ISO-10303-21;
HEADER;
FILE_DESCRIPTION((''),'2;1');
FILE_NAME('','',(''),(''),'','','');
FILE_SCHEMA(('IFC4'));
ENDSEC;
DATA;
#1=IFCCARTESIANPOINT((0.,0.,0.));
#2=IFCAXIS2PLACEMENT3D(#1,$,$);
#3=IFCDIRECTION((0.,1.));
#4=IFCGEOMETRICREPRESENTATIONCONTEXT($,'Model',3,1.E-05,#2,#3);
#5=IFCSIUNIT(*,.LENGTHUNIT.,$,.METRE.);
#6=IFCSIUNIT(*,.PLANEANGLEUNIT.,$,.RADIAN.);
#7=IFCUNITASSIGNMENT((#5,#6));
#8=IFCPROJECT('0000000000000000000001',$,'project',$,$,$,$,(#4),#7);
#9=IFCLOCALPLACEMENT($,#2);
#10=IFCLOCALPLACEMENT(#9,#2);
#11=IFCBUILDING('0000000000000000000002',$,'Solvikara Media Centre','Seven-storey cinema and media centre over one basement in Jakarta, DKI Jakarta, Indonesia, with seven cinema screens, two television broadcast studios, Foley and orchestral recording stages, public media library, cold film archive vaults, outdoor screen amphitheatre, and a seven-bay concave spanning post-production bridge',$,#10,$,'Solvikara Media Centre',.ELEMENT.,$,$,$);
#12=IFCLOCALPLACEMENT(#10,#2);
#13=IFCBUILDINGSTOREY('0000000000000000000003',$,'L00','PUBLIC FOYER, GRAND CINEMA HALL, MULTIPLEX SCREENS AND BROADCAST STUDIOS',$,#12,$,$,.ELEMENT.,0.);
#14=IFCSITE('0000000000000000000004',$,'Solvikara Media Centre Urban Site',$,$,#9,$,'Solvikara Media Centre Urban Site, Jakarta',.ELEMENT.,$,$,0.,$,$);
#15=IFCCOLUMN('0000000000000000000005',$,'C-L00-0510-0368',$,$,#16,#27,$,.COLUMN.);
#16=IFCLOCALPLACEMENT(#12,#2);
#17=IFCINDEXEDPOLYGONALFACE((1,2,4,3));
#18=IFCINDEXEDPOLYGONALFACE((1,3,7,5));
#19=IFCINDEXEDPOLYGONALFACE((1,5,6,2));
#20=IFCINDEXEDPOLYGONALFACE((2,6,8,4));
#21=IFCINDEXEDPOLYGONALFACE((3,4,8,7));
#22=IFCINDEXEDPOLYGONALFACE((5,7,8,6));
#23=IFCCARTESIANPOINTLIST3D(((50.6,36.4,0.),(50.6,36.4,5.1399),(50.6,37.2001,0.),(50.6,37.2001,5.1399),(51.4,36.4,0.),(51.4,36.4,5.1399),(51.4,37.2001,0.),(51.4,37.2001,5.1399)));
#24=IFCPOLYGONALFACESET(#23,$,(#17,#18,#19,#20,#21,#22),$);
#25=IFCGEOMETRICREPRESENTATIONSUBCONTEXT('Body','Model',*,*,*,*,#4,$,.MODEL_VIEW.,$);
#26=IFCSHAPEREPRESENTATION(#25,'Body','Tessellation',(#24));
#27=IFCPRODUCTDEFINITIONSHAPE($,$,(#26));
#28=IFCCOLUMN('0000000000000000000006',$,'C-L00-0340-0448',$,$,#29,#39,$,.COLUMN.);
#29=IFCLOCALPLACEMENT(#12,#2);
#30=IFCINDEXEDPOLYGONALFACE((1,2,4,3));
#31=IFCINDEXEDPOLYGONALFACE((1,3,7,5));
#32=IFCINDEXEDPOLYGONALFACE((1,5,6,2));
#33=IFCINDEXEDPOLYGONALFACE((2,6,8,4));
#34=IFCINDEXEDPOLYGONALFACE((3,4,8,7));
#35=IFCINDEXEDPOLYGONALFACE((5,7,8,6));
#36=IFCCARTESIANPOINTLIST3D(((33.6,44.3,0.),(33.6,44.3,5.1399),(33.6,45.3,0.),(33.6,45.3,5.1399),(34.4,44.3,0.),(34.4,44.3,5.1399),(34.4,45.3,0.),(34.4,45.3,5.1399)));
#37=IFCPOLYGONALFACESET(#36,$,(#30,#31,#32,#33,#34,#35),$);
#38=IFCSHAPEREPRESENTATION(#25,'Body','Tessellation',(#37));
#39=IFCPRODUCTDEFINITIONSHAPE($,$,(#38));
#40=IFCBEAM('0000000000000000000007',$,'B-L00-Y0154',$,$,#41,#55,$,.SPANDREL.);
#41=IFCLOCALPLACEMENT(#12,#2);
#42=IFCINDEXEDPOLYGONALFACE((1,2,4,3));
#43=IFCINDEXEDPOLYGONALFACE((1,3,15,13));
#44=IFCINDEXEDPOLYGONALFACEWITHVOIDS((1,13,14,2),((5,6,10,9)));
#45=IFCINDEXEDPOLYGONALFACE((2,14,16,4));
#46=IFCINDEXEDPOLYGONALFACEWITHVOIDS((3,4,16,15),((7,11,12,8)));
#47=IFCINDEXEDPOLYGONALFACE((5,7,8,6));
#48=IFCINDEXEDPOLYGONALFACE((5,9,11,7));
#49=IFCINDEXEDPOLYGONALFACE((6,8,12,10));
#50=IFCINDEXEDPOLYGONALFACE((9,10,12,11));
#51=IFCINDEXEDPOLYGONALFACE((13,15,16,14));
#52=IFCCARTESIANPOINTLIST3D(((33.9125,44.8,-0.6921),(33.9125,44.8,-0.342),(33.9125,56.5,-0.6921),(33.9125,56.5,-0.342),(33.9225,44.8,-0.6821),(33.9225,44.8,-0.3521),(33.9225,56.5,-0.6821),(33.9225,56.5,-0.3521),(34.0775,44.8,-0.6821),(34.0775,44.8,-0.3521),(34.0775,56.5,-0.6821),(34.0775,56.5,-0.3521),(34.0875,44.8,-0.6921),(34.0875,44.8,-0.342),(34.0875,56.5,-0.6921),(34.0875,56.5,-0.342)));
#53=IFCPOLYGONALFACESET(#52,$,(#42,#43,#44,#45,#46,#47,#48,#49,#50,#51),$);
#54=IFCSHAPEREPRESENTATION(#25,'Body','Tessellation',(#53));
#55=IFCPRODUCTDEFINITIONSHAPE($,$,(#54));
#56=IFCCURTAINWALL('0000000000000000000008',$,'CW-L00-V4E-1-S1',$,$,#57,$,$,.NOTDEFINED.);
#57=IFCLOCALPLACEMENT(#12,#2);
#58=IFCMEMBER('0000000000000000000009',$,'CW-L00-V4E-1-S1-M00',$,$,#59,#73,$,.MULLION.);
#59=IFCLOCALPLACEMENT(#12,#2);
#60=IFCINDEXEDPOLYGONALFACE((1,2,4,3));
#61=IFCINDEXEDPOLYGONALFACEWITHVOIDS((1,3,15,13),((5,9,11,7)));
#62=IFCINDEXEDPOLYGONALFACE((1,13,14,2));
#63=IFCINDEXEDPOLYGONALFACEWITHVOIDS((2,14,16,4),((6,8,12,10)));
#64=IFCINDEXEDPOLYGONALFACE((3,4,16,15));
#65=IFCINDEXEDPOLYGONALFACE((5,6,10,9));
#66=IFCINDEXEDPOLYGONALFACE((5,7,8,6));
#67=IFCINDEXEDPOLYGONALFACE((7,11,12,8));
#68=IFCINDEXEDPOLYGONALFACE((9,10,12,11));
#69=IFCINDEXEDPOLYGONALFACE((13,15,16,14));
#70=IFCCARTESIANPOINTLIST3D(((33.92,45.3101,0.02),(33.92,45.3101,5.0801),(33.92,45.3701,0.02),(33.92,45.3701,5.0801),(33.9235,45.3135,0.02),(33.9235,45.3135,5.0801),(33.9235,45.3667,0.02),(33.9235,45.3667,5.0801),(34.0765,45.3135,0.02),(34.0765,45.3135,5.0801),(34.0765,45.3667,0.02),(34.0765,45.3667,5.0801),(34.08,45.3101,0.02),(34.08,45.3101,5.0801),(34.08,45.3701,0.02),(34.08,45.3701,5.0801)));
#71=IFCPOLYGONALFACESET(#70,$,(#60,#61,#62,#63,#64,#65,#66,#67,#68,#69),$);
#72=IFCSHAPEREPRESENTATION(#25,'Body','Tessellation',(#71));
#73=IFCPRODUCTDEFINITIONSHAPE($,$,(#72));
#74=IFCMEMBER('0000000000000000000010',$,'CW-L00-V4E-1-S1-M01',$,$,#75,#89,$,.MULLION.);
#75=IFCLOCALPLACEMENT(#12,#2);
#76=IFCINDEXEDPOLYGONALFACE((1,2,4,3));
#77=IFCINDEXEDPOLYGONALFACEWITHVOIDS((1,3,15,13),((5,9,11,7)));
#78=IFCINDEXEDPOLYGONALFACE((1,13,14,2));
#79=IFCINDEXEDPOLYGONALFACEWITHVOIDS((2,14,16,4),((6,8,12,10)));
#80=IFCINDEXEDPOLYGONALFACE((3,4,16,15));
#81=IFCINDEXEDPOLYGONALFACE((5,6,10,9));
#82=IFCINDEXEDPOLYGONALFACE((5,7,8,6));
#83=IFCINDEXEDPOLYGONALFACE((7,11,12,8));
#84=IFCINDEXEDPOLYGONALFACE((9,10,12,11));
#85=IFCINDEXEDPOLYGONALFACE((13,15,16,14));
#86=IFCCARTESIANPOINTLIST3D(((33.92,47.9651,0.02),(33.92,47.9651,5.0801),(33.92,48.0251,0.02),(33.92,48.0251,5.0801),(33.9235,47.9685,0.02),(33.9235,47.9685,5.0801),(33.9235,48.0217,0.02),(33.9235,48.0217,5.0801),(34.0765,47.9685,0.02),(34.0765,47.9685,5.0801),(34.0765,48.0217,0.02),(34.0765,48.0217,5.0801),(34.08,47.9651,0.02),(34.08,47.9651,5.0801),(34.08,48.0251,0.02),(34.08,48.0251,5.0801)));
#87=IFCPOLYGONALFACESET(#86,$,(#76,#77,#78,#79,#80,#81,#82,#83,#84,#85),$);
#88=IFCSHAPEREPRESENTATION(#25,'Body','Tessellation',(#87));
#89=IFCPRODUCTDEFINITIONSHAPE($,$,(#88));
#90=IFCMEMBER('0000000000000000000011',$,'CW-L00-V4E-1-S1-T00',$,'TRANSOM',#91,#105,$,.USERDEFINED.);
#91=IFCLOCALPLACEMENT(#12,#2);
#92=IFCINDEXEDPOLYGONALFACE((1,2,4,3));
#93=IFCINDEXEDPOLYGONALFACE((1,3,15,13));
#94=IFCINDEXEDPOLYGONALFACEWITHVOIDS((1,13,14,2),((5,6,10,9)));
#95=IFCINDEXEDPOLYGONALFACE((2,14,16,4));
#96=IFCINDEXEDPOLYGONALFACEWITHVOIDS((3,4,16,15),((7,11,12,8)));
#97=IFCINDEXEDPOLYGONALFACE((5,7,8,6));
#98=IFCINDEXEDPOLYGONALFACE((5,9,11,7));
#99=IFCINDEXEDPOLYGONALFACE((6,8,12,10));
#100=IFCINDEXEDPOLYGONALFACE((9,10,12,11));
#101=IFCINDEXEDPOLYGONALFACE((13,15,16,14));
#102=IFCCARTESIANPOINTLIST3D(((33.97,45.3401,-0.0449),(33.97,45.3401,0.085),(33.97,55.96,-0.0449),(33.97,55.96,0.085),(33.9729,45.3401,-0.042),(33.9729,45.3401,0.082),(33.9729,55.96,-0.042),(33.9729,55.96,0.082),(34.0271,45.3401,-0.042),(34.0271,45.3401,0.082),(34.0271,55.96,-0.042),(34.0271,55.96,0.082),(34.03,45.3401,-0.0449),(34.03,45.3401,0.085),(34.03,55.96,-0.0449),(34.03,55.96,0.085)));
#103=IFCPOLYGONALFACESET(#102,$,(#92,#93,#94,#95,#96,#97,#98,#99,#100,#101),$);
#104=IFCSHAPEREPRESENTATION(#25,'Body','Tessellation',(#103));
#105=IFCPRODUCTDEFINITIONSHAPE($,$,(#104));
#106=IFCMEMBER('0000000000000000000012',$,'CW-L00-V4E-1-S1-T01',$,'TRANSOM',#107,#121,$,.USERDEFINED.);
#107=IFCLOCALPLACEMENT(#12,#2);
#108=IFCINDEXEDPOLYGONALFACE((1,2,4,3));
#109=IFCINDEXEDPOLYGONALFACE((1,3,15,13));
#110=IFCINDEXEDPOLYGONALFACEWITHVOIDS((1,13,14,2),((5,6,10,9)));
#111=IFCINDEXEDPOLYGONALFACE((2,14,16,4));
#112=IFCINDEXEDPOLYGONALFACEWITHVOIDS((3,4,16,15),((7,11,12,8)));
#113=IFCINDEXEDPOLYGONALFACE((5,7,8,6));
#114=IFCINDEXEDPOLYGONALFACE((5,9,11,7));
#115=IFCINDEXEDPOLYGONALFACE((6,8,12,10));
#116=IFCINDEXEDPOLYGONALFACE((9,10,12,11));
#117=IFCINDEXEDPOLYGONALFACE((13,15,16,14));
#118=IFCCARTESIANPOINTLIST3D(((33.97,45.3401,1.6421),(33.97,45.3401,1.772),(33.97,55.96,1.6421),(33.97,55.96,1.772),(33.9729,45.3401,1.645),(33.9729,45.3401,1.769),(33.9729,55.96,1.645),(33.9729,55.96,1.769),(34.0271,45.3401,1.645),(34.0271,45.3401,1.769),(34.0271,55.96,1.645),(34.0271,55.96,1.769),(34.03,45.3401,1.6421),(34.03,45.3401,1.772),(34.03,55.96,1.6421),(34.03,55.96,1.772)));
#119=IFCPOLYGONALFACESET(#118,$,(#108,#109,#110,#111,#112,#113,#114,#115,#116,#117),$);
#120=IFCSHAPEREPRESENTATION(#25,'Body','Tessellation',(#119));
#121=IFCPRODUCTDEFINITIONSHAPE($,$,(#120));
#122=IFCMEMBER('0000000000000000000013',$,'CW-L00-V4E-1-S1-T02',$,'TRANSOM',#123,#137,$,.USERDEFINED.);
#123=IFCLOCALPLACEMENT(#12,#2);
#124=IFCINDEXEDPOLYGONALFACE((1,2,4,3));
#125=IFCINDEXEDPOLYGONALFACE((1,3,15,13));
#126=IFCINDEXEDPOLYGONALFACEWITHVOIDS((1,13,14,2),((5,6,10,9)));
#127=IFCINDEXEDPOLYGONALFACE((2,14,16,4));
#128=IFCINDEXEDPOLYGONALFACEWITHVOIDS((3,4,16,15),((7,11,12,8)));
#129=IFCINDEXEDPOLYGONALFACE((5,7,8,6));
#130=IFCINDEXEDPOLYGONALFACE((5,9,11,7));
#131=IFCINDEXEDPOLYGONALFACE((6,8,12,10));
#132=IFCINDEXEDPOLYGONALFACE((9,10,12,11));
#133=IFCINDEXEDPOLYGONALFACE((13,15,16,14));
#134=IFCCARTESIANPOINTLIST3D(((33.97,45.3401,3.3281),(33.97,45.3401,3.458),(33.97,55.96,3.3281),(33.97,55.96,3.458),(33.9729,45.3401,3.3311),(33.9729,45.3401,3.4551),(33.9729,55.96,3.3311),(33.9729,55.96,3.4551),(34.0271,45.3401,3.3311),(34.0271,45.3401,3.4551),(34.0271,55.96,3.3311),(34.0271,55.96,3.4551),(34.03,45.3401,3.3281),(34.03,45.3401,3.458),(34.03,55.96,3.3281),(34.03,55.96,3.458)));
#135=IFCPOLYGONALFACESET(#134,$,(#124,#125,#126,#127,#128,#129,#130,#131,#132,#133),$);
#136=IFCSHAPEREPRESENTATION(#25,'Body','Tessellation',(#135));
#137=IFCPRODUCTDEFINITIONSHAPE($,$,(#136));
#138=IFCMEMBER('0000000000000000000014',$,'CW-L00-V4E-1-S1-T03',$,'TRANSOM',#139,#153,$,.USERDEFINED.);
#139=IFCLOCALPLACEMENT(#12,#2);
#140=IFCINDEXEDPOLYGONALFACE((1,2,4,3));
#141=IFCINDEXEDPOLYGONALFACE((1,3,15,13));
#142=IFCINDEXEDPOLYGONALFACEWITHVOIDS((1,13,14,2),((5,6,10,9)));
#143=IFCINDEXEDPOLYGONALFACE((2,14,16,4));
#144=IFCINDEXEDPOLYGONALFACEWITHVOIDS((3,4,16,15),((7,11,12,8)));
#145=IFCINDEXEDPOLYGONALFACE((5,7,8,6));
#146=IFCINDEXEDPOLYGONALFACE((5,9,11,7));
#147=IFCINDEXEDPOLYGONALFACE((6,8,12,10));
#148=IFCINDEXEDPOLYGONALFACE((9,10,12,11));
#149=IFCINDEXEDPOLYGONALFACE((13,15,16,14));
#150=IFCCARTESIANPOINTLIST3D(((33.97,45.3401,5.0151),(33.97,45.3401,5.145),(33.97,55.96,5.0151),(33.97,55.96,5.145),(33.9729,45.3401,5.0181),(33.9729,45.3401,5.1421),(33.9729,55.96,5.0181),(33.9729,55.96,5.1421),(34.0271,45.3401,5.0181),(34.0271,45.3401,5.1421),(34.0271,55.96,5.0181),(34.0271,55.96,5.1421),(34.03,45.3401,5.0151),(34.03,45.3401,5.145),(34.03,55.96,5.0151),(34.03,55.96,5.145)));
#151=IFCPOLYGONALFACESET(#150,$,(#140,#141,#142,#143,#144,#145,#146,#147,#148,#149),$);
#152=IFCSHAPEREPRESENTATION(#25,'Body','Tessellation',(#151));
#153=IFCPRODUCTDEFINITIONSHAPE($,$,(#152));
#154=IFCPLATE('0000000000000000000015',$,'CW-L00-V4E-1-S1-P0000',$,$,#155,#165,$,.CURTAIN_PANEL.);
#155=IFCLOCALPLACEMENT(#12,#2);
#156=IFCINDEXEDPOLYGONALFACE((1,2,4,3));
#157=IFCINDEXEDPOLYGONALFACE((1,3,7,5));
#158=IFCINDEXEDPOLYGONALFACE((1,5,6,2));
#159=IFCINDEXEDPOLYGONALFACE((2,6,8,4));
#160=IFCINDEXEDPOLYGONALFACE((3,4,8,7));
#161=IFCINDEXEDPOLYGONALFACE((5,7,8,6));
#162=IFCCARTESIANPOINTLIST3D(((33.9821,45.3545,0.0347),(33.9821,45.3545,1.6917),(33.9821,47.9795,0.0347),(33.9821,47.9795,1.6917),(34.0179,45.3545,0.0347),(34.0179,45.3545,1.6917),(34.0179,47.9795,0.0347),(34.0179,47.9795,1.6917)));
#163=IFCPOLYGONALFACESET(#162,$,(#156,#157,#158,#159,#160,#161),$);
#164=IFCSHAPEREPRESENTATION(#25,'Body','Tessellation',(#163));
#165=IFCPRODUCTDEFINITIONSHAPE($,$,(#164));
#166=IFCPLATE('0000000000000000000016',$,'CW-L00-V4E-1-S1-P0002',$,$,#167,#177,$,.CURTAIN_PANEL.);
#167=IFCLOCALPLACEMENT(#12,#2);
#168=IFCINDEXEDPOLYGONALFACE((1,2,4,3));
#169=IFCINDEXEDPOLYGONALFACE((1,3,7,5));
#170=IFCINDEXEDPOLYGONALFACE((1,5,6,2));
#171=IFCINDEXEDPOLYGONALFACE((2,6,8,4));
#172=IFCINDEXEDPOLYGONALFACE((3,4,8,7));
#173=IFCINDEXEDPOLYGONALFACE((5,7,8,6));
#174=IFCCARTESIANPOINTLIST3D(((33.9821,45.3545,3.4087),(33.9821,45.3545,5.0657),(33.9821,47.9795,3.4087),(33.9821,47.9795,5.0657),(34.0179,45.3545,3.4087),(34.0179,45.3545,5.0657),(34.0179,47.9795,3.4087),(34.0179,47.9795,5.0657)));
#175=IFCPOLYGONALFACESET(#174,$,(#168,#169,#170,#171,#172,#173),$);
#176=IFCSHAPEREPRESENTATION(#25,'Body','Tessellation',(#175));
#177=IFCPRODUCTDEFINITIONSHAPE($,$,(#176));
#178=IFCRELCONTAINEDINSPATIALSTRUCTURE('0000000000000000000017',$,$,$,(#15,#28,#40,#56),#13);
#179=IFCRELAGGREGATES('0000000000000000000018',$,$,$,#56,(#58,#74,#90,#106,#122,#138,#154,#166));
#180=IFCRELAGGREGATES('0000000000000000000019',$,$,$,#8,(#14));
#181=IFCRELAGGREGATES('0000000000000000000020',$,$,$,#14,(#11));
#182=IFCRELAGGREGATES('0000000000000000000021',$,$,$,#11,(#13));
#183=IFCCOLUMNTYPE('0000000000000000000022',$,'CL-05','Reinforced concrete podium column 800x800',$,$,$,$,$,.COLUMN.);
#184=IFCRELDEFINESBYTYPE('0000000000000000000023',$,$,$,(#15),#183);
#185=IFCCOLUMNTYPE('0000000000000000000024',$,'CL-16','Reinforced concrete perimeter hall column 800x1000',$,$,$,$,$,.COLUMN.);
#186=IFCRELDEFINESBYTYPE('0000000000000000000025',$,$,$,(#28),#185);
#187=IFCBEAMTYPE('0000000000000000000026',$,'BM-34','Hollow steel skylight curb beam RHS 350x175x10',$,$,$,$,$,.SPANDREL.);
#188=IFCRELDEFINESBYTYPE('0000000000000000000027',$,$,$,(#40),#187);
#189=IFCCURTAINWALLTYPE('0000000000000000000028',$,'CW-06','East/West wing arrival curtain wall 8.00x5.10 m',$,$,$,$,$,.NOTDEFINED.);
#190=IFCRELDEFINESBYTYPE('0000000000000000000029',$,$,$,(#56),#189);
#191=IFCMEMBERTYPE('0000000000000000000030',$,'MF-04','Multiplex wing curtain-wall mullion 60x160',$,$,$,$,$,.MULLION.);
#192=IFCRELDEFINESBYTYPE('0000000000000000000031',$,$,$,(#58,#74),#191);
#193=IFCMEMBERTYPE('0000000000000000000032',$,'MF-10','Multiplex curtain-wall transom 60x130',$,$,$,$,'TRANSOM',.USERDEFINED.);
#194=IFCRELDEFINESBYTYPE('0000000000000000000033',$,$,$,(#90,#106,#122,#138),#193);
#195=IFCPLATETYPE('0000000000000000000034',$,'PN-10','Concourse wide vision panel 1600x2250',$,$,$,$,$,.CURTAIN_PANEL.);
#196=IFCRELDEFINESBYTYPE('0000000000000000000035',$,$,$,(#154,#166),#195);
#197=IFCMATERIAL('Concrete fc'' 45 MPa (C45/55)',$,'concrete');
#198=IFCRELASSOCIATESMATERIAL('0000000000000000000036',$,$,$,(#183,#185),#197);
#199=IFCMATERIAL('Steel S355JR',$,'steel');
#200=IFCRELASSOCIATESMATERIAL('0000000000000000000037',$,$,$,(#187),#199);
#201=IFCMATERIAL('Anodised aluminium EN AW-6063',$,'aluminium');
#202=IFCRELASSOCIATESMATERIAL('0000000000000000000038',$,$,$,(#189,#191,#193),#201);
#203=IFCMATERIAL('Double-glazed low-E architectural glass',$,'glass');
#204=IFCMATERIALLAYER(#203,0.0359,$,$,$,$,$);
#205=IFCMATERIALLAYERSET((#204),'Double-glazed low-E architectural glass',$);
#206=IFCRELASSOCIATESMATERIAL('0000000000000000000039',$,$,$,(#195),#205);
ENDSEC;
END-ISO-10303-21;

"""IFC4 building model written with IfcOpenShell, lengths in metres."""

from ifc_helpers import new_model, si_unit, direction, frame, origin, origin_2d, place, context, subcontext, project, spatial, rectangle, hollow_rectangle, extrude, material, layer, layer_set, material_profile, profile_set, type_object, element, aggregate, save


model = new_model("IFC4")

# Units and contexts
model_context = context("Model", 3, precision=1e-05, world=origin(), true_north=direction((0.0, 1.0)))
body_context = subcontext(model_context, "Body", "Model", "MODEL_VIEW")
ifc_project = project(units=[si_unit("LENGTHUNIT", "METRE"), si_unit("PLANEANGLEUNIT", "RADIAN")], contexts=[model_context])

# Site, building, storey
site_placement = place(None, origin())
site = spatial("IfcSite", under=ifc_project, at=site_placement, Name="Solvikara Media Centre Urban Site", LongName="Solvikara Media Centre Urban Site, Jakarta", CompositionType="ELEMENT", RefElevation=0.0)
building_placement = place(site_placement, origin())
building = spatial("IfcBuilding", under=site, at=building_placement, Name="Solvikara Media Centre", Description="Seven-storey cinema and media centre over one basement in Jakarta, DKI Jakarta, Indonesia, with seven cinema screens, two television broadcast studios, Foley and orchestral recording stages, public media library, cold film archive vaults, outdoor screen amphitheatre, and a seven-bay concave spanning post-production bridge", LongName="Solvikara Media Centre", CompositionType="ELEMENT")
storey_placement = place(building_placement, origin())
storey = spatial("IfcBuildingStorey", under=building, at=storey_placement, Name="L00", Description="PUBLIC FOYER, GRAND CINEMA HALL, MULTIPLEX SCREENS AND BROADCAST STUDIOS", CompositionType="ELEMENT", Elevation=0.0)

# Columns
ifc_material_1 = material(Name="Concrete fc' 45 MPa (C45/55)", Category="concrete")
ifc_material_profile_1 = material_profile(ifc_material_1, rectangle(XDim=0.8, YDim=0.8, at=origin_2d()), Name="RC 800x800")
ifc_profile_set_1 = profile_set([ifc_material_profile_1], Name="Concrete fc' 45 MPa (C45/55)")
column_type_1 = type_object("IfcColumnType", Name="CL-05", Description="Reinforced concrete podium column 800x800", PredefinedType="COLUMN", material=ifc_profile_set_1)
column_1_placement = place(storey_placement, frame((51.0, 36.8, 0.0), z_axis=(0.0, 0.0, 1.0), x_axis=(1.0, 0.0, 0.0)))
element("IfcColumn", 1, at=column_1_placement, inside=storey, type_object=column_type_1, Name="C-L00-0510-0368", PredefinedType="COLUMN", context=body_context, shape_type="SweptSolid", body=[
    extrude(rectangle(XDim=0.8, YDim=0.8, at=origin_2d()), origin(), (0.0, 0.0, 1.0), 5.1399),
])
ifc_material_profile_2 = material_profile(ifc_material_1, rectangle(XDim=0.8, YDim=1.0, at=origin_2d()), Name="RC 800x1000")
ifc_profile_set_2 = profile_set([ifc_material_profile_2], Name="Concrete fc' 45 MPa (C45/55)")
column_type_2 = type_object("IfcColumnType", Name="CL-16", Description="Reinforced concrete perimeter hall column 800x1000", PredefinedType="COLUMN", material=ifc_profile_set_2)
column_2_placement = place(storey_placement, frame((34.0, 44.8, 0.0), z_axis=(0.0, 0.0, 1.0), x_axis=(1.0, 0.0, 0.0)))
element("IfcColumn", 2, at=column_2_placement, inside=storey, type_object=column_type_2, Name="C-L00-0340-0448", PredefinedType="COLUMN", context=body_context, shape_type="SweptSolid", body=[
    extrude(rectangle(XDim=0.8, YDim=1.0, at=origin_2d()), origin(), (0.0, 0.0, 1.0), 5.1399),
])

# Beam
ifc_material_2 = material(Name="Steel S355JR", Category="steel")
ifc_material_profile_3 = material_profile(ifc_material_2, hollow_rectangle(XDim=0.175, YDim=0.3501, WallThickness=0.01, at=origin_2d()), Name="RHS 350x175x10")
ifc_profile_set_3 = profile_set([ifc_material_profile_3], Name="Steel S355JR")
beam_type = type_object("IfcBeamType", Name="BM-34", Description="Hollow steel skylight curb beam RHS 350x175x10", PredefinedType="SPANDREL", material=ifc_profile_set_3)
beam_placement = place(storey_placement, frame((34.0, 44.8, -0.5171), z_axis=(0.0, 1.0, 0.0), x_axis=(-1.0, 0.0, 0.0)))
element("IfcBeam", 3, at=beam_placement, inside=storey, type_object=beam_type, Name="B-L00-Y0154", PredefinedType="SPANDREL", context=body_context, shape_type="SweptSolid", body=[
    extrude(hollow_rectangle(XDim=0.175, YDim=0.3501, WallThickness=0.01, at=origin_2d()), origin(), (0.0, 0.0, 1.0), 11.7),
])

# Curtain wall, members, plates
ifc_material_3 = material(Name="Anodised aluminium EN AW-6063", Category="aluminium")
curtain_wall_type = type_object("IfcCurtainWallType", Name="CW-06", Description="East/West wing arrival curtain wall 8.00x5.10 m", PredefinedType="NOTDEFINED", material=ifc_material_3)
curtain_wall_placement = place(storey_placement, origin())
curtain_wall = element("IfcCurtainWall", 4, at=curtain_wall_placement, inside=storey, type_object=curtain_wall_type, Name="CW-L00-V4E-1-S1", PredefinedType="NOTDEFINED")
ifc_material_profile_4 = material_profile(ifc_material_3, hollow_rectangle(XDim=0.0601, YDim=0.1599, WallThickness=0.0034, at=origin_2d()), Name="ALU-M 60x160x3.5")
ifc_profile_set_4 = profile_set([ifc_material_profile_4], Name="Anodised aluminium EN AW-6063")
member_type_1 = type_object("IfcMemberType", Name="MF-04", Description="Multiplex wing curtain-wall mullion 60x160", PredefinedType="MULLION", material=ifc_profile_set_4)
member_1_placement = place(storey_placement, frame((34.0, 45.3401, 0.02), z_axis=(0.0, 0.0, 1.0), x_axis=(0.0, 1.0, 0.0)))
member_1 = element("IfcMember", 5, at=member_1_placement, type_object=member_type_1, Name="CW-L00-V4E-1-S1-M00", PredefinedType="MULLION", context=body_context, shape_type="SweptSolid", body=[
    extrude(hollow_rectangle(XDim=0.0601, YDim=0.1599, WallThickness=0.0034, at=origin_2d()), origin(), (0.0, 0.0, 1.0), 5.0601),
])
member_2_placement = place(storey_placement, frame((34.0, 47.9951, 0.02), z_axis=(0.0, 0.0, 1.0), x_axis=(0.0, 1.0, 0.0)))
member_2 = element("IfcMember", 6, at=member_2_placement, type_object=member_type_1, Name="CW-L00-V4E-1-S1-M01", PredefinedType="MULLION", context=body_context, shape_type="SweptSolid", body=[
    extrude(hollow_rectangle(XDim=0.0601, YDim=0.1599, WallThickness=0.0034, at=origin_2d()), origin(), (0.0, 0.0, 1.0), 5.0601),
])
ifc_material_profile_5 = material_profile(ifc_material_3, hollow_rectangle(XDim=0.0601, YDim=0.1299, WallThickness=0.0029, at=origin_2d()), Name="ALU-T 60x130x3")
ifc_profile_set_5 = profile_set([ifc_material_profile_5], Name="Anodised aluminium EN AW-6063")
member_type_2 = type_object("IfcMemberType", Name="MF-10", Description="Multiplex curtain-wall transom 60x130", ElementType="TRANSOM", PredefinedType="USERDEFINED", material=ifc_profile_set_5)
member_3_placement = place(storey_placement, frame((34.0, 45.3401, 0.02), z_axis=(0.0, 1.0, 0.0), x_axis=(-1.0, 0.0, 0.0)))
member_3 = element("IfcMember", 7, at=member_3_placement, type_object=member_type_2, Name="CW-L00-V4E-1-S1-T00", ObjectType="TRANSOM", PredefinedType="USERDEFINED", context=body_context, shape_type="SweptSolid", body=[
    extrude(hollow_rectangle(XDim=0.0601, YDim=0.1299, WallThickness=0.0029, at=origin_2d()), origin(), (0.0, 0.0, 1.0), 10.6199),
])
member_4_placement = place(storey_placement, frame((34.0, 45.3401, 1.707), z_axis=(0.0, 1.0, 0.0), x_axis=(-1.0, 0.0, 0.0)))
member_4 = element("IfcMember", 8, at=member_4_placement, type_object=member_type_2, Name="CW-L00-V4E-1-S1-T01", ObjectType="TRANSOM", PredefinedType="USERDEFINED", context=body_context, shape_type="SweptSolid", body=[
    extrude(hollow_rectangle(XDim=0.0601, YDim=0.1299, WallThickness=0.0029, at=origin_2d()), origin(), (0.0, 0.0, 1.0), 10.6199),
])
member_5_placement = place(storey_placement, frame((34.0, 45.3401, 3.3931), z_axis=(0.0, 1.0, 0.0), x_axis=(-1.0, 0.0, 0.0)))
member_5 = element("IfcMember", 9, at=member_5_placement, type_object=member_type_2, Name="CW-L00-V4E-1-S1-T02", ObjectType="TRANSOM", PredefinedType="USERDEFINED", context=body_context, shape_type="SweptSolid", body=[
    extrude(hollow_rectangle(XDim=0.0601, YDim=0.1299, WallThickness=0.0029, at=origin_2d()), origin(), (0.0, 0.0, 1.0), 10.6199),
])
member_6_placement = place(storey_placement, frame((34.0, 45.3401, 5.0801), z_axis=(0.0, 1.0, 0.0), x_axis=(-1.0, 0.0, 0.0)))
member_6 = element("IfcMember", 10, at=member_6_placement, type_object=member_type_2, Name="CW-L00-V4E-1-S1-T03", ObjectType="TRANSOM", PredefinedType="USERDEFINED", context=body_context, shape_type="SweptSolid", body=[
    extrude(hollow_rectangle(XDim=0.0601, YDim=0.1299, WallThickness=0.0029, at=origin_2d()), origin(), (0.0, 0.0, 1.0), 10.6199),
])
ifc_material_4 = material(Name="Double-glazed low-E architectural glass", Category="glass")
ifc_layer_1 = layer(ifc_material_4, 0.0359)
ifc_layer_set_1 = layer_set([ifc_layer_1], Name="Double-glazed low-E architectural glass")
plate_type_1 = type_object("IfcPlateType", Name="PN-10", Description="Concourse wide vision panel 1600x2250", PredefinedType="CURTAIN_PANEL", material=ifc_layer_set_1)
plate_1_placement = place(storey_placement, frame((34.0, 46.667, 0.0347), z_axis=(0.0, 0.0, 1.0), x_axis=(0.0, 1.0, 0.0)))
plate_1 = element("IfcPlate", 11, at=plate_1_placement, type_object=plate_type_1, Name="CW-L00-V4E-1-S1-P0000", PredefinedType="CURTAIN_PANEL", context=body_context, shape_type="SweptSolid", body=[
    extrude(rectangle(XDim=2.625, YDim=0.0359, at=origin_2d()), origin(), (0.0, 0.0, 1.0), 1.657),
])
plate_2_placement = place(storey_placement, frame((34.0, 46.667, 3.4087), z_axis=(0.0, 0.0, 1.0), x_axis=(0.0, 1.0, 0.0)))
plate_2 = element("IfcPlate", 12, at=plate_2_placement, type_object=plate_type_1, Name="CW-L00-V4E-1-S1-P0002", PredefinedType="CURTAIN_PANEL", context=body_context, shape_type="SweptSolid", body=[
    extrude(rectangle(XDim=2.625, YDim=0.0359, at=origin_2d()), origin(), (0.0, 0.0, 1.0), 1.657),
])
aggregate(curtain_wall, [member_1, member_2, member_3, member_4, member_5, member_6, plate_1, plate_2])

save(model, "model.ifc")
